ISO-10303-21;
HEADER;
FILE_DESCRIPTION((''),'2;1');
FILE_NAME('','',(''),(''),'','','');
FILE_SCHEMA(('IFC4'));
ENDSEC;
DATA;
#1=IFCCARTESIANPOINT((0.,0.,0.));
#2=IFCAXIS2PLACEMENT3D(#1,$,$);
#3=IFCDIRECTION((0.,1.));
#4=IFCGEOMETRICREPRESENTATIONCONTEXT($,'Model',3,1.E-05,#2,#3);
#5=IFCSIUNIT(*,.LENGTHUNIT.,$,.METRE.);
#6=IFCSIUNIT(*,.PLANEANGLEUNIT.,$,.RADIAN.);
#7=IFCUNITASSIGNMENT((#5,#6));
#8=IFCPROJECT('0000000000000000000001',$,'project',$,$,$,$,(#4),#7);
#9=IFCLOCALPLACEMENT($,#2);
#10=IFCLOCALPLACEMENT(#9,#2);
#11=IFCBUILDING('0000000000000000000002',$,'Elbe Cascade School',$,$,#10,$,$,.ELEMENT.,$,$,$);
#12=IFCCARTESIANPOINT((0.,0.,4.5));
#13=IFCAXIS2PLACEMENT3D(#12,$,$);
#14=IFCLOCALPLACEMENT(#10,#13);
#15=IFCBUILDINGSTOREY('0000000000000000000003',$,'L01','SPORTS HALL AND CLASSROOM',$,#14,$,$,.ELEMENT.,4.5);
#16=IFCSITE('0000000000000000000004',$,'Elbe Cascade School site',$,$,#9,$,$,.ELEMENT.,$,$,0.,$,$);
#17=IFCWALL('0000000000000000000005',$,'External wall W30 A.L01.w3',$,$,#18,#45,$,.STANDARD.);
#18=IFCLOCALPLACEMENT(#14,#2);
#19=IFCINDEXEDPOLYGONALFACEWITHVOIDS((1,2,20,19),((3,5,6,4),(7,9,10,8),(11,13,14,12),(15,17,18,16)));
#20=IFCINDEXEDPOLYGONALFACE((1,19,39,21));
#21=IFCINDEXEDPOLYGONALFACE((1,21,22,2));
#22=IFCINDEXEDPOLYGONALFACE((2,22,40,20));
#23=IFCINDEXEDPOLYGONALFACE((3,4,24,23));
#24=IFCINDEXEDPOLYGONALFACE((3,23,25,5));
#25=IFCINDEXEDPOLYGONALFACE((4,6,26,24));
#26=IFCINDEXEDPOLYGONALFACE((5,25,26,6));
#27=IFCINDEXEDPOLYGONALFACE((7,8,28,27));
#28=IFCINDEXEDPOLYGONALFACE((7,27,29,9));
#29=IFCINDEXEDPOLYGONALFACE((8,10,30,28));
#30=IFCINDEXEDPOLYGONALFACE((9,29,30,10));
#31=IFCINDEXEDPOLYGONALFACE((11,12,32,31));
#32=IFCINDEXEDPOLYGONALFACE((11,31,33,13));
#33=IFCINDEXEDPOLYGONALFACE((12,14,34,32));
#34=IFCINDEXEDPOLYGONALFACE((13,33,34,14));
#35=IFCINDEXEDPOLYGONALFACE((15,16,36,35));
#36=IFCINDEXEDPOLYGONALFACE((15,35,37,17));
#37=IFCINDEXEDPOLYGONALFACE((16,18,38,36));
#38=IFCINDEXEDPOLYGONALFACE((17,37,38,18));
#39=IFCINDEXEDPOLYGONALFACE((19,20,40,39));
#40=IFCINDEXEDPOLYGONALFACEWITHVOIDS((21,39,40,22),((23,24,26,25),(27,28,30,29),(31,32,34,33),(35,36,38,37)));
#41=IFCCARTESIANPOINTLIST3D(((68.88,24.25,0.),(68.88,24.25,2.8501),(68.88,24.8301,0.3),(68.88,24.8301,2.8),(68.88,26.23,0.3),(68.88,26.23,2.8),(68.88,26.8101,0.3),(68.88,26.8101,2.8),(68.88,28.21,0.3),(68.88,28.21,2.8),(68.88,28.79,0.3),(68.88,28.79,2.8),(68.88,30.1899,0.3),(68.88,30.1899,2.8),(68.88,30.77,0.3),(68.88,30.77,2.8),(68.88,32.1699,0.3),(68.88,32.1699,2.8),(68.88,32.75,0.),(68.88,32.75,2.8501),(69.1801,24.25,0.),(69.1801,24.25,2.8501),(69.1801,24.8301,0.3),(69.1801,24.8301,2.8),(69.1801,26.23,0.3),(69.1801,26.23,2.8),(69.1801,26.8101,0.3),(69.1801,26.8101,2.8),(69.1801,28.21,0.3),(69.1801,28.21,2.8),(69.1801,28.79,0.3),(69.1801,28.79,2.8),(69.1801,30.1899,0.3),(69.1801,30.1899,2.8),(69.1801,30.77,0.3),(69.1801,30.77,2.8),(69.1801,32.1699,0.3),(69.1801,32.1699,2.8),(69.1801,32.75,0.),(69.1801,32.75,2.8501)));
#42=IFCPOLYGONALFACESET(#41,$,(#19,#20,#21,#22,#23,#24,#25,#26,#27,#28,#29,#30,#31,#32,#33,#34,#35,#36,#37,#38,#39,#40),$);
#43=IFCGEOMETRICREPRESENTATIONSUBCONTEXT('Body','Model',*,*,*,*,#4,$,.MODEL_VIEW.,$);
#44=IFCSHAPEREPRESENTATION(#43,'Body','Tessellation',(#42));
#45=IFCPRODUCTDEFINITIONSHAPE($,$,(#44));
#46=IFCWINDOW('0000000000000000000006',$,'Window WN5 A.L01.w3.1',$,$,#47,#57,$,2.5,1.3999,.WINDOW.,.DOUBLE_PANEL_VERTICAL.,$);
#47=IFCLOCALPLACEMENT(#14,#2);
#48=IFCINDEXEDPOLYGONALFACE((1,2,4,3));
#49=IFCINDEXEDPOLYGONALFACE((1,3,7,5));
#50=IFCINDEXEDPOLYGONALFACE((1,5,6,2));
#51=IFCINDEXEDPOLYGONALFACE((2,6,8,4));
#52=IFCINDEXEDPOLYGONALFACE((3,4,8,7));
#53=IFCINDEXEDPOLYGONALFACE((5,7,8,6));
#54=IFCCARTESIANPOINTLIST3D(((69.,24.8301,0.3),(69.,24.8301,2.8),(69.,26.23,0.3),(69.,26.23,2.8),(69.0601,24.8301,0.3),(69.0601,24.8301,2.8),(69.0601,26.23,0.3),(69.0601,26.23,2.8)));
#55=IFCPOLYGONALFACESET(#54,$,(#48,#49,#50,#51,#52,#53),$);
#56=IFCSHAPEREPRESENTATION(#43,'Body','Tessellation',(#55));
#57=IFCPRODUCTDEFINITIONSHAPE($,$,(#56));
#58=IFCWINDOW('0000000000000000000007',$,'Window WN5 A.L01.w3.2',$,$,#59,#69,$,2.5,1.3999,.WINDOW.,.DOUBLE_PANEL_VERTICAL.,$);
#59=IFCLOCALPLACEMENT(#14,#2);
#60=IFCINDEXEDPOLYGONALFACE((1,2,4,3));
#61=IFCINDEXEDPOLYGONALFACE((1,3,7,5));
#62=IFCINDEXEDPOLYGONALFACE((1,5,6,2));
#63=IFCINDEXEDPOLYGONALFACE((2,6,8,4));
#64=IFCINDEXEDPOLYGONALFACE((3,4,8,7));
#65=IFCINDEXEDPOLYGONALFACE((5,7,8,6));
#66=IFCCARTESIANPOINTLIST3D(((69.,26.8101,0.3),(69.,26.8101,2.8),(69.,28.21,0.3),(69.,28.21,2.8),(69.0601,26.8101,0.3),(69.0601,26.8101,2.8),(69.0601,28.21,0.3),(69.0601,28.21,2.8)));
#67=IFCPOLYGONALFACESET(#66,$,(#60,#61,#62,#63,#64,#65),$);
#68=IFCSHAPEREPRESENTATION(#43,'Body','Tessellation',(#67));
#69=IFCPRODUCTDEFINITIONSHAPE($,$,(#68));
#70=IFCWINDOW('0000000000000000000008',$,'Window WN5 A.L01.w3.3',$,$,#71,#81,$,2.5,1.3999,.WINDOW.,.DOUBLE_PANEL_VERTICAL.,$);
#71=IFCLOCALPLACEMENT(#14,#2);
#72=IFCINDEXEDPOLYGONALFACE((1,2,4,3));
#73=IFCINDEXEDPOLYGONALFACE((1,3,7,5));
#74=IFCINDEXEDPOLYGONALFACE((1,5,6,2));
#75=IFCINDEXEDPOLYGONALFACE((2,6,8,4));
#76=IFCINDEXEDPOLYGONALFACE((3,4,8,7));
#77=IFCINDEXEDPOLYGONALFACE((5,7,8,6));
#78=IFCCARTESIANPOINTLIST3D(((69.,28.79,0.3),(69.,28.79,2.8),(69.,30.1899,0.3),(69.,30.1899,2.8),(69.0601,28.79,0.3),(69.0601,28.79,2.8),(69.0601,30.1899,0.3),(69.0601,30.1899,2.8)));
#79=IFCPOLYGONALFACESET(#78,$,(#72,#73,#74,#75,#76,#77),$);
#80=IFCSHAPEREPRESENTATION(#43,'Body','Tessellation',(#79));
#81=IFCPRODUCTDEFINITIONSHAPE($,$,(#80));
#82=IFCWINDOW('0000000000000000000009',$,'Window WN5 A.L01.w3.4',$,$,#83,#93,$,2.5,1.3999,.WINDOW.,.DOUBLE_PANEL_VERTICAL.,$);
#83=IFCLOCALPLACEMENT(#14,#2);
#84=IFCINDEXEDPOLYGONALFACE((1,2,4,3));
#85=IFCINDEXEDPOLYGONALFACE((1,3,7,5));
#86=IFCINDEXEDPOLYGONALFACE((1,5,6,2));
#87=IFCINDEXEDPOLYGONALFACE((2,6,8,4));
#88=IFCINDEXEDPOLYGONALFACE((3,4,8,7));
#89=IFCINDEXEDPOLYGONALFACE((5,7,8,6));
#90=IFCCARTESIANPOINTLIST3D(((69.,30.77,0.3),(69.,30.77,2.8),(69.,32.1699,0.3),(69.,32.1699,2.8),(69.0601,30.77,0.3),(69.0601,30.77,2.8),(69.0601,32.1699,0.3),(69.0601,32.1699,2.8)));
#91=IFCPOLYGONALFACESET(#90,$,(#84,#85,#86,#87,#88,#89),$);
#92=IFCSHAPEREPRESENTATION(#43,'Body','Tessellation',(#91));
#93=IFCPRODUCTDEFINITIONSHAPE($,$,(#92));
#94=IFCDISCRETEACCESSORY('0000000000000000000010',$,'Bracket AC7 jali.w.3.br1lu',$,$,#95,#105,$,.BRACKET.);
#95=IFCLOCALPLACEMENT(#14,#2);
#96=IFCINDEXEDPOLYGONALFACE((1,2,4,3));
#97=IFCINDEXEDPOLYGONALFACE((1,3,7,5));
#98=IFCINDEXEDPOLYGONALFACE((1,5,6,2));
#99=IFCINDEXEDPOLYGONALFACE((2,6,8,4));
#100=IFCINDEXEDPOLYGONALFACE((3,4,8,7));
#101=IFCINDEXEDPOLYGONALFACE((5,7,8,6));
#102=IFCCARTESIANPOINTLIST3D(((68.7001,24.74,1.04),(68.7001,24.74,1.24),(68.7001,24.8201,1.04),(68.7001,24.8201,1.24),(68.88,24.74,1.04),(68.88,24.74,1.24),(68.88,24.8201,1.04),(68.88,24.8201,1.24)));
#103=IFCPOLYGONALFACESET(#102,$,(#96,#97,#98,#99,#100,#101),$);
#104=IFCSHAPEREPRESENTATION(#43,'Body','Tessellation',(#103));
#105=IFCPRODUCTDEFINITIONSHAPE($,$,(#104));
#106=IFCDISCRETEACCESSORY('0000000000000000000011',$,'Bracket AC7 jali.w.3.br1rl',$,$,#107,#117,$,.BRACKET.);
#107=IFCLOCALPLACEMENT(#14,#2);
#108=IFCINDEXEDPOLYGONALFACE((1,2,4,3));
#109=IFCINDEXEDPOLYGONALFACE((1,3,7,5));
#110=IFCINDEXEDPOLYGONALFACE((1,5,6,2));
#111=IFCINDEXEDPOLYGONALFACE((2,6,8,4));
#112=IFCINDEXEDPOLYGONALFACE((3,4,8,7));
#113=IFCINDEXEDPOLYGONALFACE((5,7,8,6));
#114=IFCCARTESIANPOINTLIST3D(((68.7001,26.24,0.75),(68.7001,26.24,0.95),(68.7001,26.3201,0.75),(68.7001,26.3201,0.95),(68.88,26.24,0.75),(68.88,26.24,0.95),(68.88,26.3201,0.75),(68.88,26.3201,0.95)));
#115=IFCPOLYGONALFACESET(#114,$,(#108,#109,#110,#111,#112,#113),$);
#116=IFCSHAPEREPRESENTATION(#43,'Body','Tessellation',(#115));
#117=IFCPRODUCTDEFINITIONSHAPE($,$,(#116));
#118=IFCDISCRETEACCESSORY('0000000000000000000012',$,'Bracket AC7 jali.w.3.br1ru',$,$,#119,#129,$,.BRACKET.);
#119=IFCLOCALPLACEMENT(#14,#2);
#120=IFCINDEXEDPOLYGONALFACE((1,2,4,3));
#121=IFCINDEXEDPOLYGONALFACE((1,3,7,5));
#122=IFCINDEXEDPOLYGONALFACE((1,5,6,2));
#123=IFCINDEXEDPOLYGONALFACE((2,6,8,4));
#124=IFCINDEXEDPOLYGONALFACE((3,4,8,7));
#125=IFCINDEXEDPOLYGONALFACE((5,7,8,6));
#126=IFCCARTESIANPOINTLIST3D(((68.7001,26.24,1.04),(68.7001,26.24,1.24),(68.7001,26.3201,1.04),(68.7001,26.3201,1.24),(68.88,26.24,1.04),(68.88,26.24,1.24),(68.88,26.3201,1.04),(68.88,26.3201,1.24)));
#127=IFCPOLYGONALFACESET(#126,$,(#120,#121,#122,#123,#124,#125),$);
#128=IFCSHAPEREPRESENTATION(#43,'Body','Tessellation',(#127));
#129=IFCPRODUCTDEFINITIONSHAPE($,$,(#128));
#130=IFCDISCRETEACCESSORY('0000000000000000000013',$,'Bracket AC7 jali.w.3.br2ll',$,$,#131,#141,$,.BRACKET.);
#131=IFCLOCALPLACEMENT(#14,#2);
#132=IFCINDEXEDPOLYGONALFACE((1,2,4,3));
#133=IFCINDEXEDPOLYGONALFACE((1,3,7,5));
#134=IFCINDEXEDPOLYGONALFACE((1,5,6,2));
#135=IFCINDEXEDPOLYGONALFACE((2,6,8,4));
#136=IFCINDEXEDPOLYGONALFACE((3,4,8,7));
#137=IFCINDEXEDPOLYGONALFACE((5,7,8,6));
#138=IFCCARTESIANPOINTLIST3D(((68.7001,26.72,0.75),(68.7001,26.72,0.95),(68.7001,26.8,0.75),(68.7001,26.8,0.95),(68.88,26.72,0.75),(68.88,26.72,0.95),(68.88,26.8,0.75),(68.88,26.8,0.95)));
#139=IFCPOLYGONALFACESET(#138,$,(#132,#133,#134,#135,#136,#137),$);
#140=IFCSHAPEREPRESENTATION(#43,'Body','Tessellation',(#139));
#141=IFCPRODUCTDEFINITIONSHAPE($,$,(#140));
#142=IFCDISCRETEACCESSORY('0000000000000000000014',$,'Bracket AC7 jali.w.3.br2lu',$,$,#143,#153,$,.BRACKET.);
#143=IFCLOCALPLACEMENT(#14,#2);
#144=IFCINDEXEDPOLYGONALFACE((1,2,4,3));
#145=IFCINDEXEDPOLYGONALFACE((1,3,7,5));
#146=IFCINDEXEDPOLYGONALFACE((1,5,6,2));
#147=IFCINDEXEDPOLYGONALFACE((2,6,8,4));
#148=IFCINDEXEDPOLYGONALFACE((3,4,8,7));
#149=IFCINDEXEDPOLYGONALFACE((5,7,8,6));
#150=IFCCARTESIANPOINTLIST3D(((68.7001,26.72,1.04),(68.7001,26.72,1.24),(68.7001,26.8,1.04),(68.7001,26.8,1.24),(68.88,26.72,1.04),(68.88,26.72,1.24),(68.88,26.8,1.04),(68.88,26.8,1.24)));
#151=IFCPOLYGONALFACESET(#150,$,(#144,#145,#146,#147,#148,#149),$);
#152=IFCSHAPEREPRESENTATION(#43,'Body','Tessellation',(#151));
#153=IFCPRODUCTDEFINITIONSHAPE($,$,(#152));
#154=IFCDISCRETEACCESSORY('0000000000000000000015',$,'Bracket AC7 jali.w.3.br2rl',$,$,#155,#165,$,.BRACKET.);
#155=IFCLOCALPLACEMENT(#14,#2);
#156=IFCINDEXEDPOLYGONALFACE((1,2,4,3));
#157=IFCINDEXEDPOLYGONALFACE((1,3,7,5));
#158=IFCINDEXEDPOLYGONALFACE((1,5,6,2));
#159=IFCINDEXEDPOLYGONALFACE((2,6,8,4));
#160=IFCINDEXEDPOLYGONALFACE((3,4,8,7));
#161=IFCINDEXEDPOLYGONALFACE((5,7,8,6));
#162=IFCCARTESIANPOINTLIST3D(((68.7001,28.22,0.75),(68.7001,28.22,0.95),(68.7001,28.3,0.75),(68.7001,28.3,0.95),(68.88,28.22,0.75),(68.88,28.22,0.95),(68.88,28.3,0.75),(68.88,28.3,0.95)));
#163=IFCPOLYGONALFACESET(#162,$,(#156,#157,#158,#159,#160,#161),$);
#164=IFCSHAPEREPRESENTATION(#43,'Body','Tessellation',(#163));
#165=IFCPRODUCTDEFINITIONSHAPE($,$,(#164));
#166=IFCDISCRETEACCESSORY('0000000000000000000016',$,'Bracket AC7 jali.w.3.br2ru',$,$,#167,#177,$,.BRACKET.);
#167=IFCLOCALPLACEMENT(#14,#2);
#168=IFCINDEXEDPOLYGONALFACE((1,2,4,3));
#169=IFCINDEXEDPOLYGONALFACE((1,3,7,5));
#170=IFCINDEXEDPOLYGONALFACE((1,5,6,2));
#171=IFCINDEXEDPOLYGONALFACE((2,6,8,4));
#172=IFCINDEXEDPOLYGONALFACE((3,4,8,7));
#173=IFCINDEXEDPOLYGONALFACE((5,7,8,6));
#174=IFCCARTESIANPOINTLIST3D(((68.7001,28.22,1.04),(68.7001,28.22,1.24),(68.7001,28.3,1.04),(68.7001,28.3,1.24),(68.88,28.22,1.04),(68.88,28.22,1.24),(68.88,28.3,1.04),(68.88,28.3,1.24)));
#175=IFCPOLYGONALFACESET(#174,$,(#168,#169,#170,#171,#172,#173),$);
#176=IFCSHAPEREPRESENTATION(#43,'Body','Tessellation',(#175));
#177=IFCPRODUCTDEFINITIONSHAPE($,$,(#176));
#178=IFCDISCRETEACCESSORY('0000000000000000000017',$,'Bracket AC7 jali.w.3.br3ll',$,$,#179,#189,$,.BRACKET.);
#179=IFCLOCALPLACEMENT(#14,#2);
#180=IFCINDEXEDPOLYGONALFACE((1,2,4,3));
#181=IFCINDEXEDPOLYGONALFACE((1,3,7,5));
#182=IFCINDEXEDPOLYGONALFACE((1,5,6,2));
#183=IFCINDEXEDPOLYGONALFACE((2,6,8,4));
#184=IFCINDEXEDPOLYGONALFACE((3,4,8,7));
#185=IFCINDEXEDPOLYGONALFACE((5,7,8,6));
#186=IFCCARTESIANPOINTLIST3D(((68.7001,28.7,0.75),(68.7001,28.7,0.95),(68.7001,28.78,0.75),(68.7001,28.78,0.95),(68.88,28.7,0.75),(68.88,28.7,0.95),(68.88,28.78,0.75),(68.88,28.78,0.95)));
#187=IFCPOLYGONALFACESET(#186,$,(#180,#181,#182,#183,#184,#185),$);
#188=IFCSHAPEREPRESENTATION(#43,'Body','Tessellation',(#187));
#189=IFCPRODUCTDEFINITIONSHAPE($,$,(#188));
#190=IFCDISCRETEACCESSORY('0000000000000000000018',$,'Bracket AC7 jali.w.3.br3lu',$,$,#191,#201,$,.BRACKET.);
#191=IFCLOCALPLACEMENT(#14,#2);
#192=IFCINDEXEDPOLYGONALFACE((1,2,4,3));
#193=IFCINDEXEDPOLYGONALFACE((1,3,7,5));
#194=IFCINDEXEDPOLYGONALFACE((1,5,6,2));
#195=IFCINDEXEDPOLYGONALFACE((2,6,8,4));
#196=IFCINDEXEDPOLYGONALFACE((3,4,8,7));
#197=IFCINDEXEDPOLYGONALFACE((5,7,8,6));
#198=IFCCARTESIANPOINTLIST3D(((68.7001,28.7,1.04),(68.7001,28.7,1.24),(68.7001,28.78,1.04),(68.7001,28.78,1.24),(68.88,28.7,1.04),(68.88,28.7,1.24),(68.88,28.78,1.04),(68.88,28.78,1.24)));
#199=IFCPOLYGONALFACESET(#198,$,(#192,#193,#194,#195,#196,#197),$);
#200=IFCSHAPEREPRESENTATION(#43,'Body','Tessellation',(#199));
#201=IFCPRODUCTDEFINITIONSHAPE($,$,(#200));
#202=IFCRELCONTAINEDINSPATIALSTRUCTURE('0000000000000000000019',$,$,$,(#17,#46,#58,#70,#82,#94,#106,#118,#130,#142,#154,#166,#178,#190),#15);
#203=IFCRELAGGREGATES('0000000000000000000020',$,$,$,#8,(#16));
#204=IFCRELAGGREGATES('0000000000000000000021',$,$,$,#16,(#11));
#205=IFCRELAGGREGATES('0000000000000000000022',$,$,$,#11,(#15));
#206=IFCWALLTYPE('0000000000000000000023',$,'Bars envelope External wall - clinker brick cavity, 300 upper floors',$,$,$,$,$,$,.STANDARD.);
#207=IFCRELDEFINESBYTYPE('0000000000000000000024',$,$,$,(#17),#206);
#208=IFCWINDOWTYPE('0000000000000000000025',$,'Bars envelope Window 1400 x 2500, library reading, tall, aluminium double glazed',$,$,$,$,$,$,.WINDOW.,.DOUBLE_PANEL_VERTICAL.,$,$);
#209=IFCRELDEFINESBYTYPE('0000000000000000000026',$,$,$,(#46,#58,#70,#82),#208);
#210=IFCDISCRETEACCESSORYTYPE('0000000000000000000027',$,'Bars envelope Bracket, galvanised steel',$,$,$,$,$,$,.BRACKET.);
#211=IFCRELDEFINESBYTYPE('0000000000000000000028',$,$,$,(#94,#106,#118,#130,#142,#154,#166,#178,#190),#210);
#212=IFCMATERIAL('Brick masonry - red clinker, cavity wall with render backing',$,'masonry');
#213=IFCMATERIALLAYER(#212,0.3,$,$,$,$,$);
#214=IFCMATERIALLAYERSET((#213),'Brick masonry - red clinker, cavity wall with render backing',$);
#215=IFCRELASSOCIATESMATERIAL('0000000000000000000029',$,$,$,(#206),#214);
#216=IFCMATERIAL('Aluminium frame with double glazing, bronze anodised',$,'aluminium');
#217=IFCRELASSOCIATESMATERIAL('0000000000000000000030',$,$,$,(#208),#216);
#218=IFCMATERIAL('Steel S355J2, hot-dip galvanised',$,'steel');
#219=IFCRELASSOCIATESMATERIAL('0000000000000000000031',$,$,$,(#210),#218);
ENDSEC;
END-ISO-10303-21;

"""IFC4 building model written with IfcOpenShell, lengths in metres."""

from ifc_helpers import new_model, si_unit, direction, frame, frame_2d, origin, origin_2d, place, context, subcontext, project, spatial, rectangle, extrude, material, layer, layer_set, type_object, element, fill, save


model = new_model("IFC4")

# Units and contexts
model_context = context("Model", 3, precision=1e-05, world=origin(), true_north=direction((0.0, 1.0)))
body_context = subcontext(model_context, "Body", "Model", "MODEL_VIEW")
ifc_project = project(units=[si_unit("LENGTHUNIT", "METRE"), si_unit("PLANEANGLEUNIT", "RADIAN")], contexts=[model_context])

# Site, building, storey
site_placement = place(None, origin())
site = spatial("IfcSite", under=ifc_project, at=site_placement, Name="Elbe Cascade School site", CompositionType="ELEMENT", RefElevation=0.0)
building_placement = place(site_placement, origin())
building = spatial("IfcBuilding", under=site, at=building_placement, Name="Elbe Cascade School", CompositionType="ELEMENT")
storey_placement = place(building_placement, frame((0.0, 0.0, 4.5)))
storey = spatial("IfcBuildingStorey", under=building, at=storey_placement, Name="L01", Description="SPORTS HALL AND CLASSROOM", CompositionType="ELEMENT", Elevation=4.5)

# Wall, openings, windows
ifc_material_1 = material(Name="Brick masonry - red clinker, cavity wall with render backing", Category="masonry")
ifc_layer_1 = layer(ifc_material_1, 0.3)
ifc_layer_set_1 = layer_set([ifc_layer_1], Name="Brick masonry - red clinker, cavity wall with render backing")
wall_type_1 = type_object("IfcWallType", Name="Bars envelope External wall - clinker brick cavity, 300 upper floors", PredefinedType="STANDARD", material=ifc_layer_set_1)
wall_1_placement = place(storey_placement, frame((69.03, 24.25, 0.0), z_axis=(0.0, 0.0, 1.0), x_axis=(0.0, 1.0, 0.0)))
wall_1 = element("IfcWall", 1, at=wall_1_placement, inside=storey, type_object=wall_type_1, Name="External wall W30 A.L01.w3", PredefinedType="STANDARD", context=body_context, shape_type="SweptSolid", body=[
    extrude(rectangle(XDim=8.5, YDim=0.3, at=frame_2d((4.25, 0.0))), origin(), (0.0, 0.0, 1.0), 2.8501),
])
opening_1_placement = place(wall_1_placement, frame((0.5801, 0.0, 0.3)))
opening_1 = element("IfcOpeningElement", 2, at=opening_1_placement, cuts=wall_1, PredefinedType="OPENING", context=body_context, shape_type="SweptSolid", body=[
    extrude(rectangle(XDim=1.3999, YDim=2.5, at=frame_2d((0.7, 1.25))), frame((0.0, 0.1599, 0.0), z_axis=(0.0, -1.0, 0.0), x_axis=(1.0, 0.0, 0.0)), (0.0, 0.0, 1.0), 0.3201),
])
opening_2_placement = place(wall_1_placement, frame((2.5601, 0.0, 0.3)))
opening_2 = element("IfcOpeningElement", 3, at=opening_2_placement, cuts=wall_1, PredefinedType="OPENING", context=body_context, shape_type="SweptSolid", body=[
    extrude(rectangle(XDim=1.3999, YDim=2.5, at=frame_2d((0.7, 1.25))), frame((0.0, 0.1599, 0.0), z_axis=(0.0, -1.0, 0.0), x_axis=(1.0, 0.0, 0.0)), (0.0, 0.0, 1.0), 0.3201),
])
opening_3_placement = place(wall_1_placement, frame((4.54, 0.0, 0.3)))
opening_3 = element("IfcOpeningElement", 4, at=opening_3_placement, cuts=wall_1, PredefinedType="OPENING", context=body_context, shape_type="SweptSolid", body=[
    extrude(rectangle(XDim=1.3999, YDim=2.5, at=frame_2d((0.7, 1.25))), frame((0.0, 0.1599, 0.0), z_axis=(0.0, -1.0, 0.0), x_axis=(1.0, 0.0, 0.0)), (0.0, 0.0, 1.0), 0.3201),
])
opening_4_placement = place(wall_1_placement, frame((6.52, 0.0, 0.3)))
opening_4 = element("IfcOpeningElement", 5, at=opening_4_placement, cuts=wall_1, PredefinedType="OPENING", context=body_context, shape_type="SweptSolid", body=[
    extrude(rectangle(XDim=1.3999, YDim=2.5, at=frame_2d((0.7, 1.25))), frame((0.0, 0.1599, 0.0), z_axis=(0.0, -1.0, 0.0), x_axis=(1.0, 0.0, 0.0)), (0.0, 0.0, 1.0), 0.3201),
])
ifc_material_2 = material(Name="Aluminium frame with double glazing, bronze anodised", Category="aluminium")
window_type = type_object("IfcWindowType", Name="Bars envelope Window 1400 x 2500, library reading, tall, aluminium double glazed", PartitioningType="DOUBLE_PANEL_VERTICAL", PredefinedType="WINDOW", material=ifc_material_2)
window_1_placement = place(opening_1_placement, origin())
window_1 = element("IfcWindow", 6, at=window_1_placement, inside=storey, type_object=window_type, Name="Window WN5 A.L01.w3.1", OverallHeight=2.5, OverallWidth=1.3999, PartitioningType="DOUBLE_PANEL_VERTICAL", PredefinedType="WINDOW", context=body_context, shape_type="SweptSolid", body=[
    extrude(rectangle(XDim=1.3999, YDim=2.5, at=frame_2d((0.7, 1.25))), frame((0.0, 0.03, 0.0), z_axis=(0.0, -1.0, 0.0), x_axis=(1.0, 0.0, 0.0)), (0.0, 0.0, 1.0), 0.0601),
])
fill(opening_1, window_1)
window_2_placement = place(opening_2_placement, origin())
window_2 = element("IfcWindow", 7, at=window_2_placement, inside=storey, type_object=window_type, Name="Window WN5 A.L01.w3.2", OverallHeight=2.5, OverallWidth=1.3999, PartitioningType="DOUBLE_PANEL_VERTICAL", PredefinedType="WINDOW", context=body_context, shape_type="SweptSolid", body=[
    extrude(rectangle(XDim=1.3999, YDim=2.5, at=frame_2d((0.7, 1.25))), frame((0.0, 0.03, 0.0), z_axis=(0.0, -1.0, 0.0), x_axis=(1.0, 0.0, 0.0)), (0.0, 0.0, 1.0), 0.0601),
])
fill(opening_2, window_2)
window_3_placement = place(opening_3_placement, origin())
window_3 = element("IfcWindow", 8, at=window_3_placement, inside=storey, type_object=window_type, Name="Window WN5 A.L01.w3.3", OverallHeight=2.5, OverallWidth=1.3999, PartitioningType="DOUBLE_PANEL_VERTICAL", PredefinedType="WINDOW", context=body_context, shape_type="SweptSolid", body=[
    extrude(rectangle(XDim=1.3999, YDim=2.5, at=frame_2d((0.7, 1.25))), frame((0.0, 0.03, 0.0), z_axis=(0.0, -1.0, 0.0), x_axis=(1.0, 0.0, 0.0)), (0.0, 0.0, 1.0), 0.0601),
])
fill(opening_3, window_3)
window_4_placement = place(opening_4_placement, origin())
window_4 = element("IfcWindow", 9, at=window_4_placement, inside=storey, type_object=window_type, Name="Window WN5 A.L01.w3.4", OverallHeight=2.5, OverallWidth=1.3999, PartitioningType="DOUBLE_PANEL_VERTICAL", PredefinedType="WINDOW", context=body_context, shape_type="SweptSolid", body=[
    extrude(rectangle(XDim=1.3999, YDim=2.5, at=frame_2d((0.7, 1.25))), frame((0.0, 0.03, 0.0), z_axis=(0.0, -1.0, 0.0), x_axis=(1.0, 0.0, 0.0)), (0.0, 0.0, 1.0), 0.0601),
])
fill(opening_4, window_4)

# Discrete accessories
ifc_material_3 = material(Name="Steel S355J2, hot-dip galvanised", Category="steel")
discrete_accessory_type = type_object("IfcDiscreteAccessoryType", Name="Bars envelope Bracket, galvanised steel", PredefinedType="BRACKET", material=ifc_material_3)
for number, where, z_axis, x_axis, name in (
    (10, (68.79, 24.78, 1.04), (0.0, 0.0, 1.0), (0.0, 1.0, 0.0), "Bracket AC7 jali.w.3.br1lu"),
    (11, (68.79, 26.28, 0.75), (0.0, 0.0, 1.0), (0.0, 1.0, 0.0), "Bracket AC7 jali.w.3.br1rl"),
    (12, (68.79, 26.28, 1.04), (0.0, 0.0, 1.0), (0.0, 1.0, 0.0), "Bracket AC7 jali.w.3.br1ru"),
    (13, (68.79, 26.76, 0.75), (0.0, 0.0, 1.0), (0.0, 1.0, 0.0), "Bracket AC7 jali.w.3.br2ll"),
    (14, (68.79, 26.76, 1.04), (0.0, 0.0, 1.0), (0.0, 1.0, 0.0), "Bracket AC7 jali.w.3.br2lu"),
    (15, (68.79, 28.26, 0.75), (0.0, 0.0, 1.0), (0.0, 1.0, 0.0), "Bracket AC7 jali.w.3.br2rl"),
    (16, (68.79, 28.26, 1.04), (0.0, 0.0, 1.0), (0.0, 1.0, 0.0), "Bracket AC7 jali.w.3.br2ru"),
    (17, (68.79, 28.74, 0.75), (0.0, 0.0, 1.0), (0.0, 1.0, 0.0), "Bracket AC7 jali.w.3.br3ll"),
    (18, (68.79, 28.74, 1.04), (0.0, 0.0, 1.0), (0.0, 1.0, 0.0), "Bracket AC7 jali.w.3.br3lu"),
):
    element("IfcDiscreteAccessory", number, at=place(storey_placement, frame(where, z_axis=z_axis, x_axis=x_axis)), inside=storey, type_object=discrete_accessory_type, Name=name, PredefinedType="BRACKET", context=body_context, shape_type="SweptSolid", body=[
        extrude(rectangle(XDim=0.0801, YDim=0.1799, at=origin_2d()), origin(), (0.0, 0.0, 1.0), 0.2),
    ])

save(model, "model.ifc")
